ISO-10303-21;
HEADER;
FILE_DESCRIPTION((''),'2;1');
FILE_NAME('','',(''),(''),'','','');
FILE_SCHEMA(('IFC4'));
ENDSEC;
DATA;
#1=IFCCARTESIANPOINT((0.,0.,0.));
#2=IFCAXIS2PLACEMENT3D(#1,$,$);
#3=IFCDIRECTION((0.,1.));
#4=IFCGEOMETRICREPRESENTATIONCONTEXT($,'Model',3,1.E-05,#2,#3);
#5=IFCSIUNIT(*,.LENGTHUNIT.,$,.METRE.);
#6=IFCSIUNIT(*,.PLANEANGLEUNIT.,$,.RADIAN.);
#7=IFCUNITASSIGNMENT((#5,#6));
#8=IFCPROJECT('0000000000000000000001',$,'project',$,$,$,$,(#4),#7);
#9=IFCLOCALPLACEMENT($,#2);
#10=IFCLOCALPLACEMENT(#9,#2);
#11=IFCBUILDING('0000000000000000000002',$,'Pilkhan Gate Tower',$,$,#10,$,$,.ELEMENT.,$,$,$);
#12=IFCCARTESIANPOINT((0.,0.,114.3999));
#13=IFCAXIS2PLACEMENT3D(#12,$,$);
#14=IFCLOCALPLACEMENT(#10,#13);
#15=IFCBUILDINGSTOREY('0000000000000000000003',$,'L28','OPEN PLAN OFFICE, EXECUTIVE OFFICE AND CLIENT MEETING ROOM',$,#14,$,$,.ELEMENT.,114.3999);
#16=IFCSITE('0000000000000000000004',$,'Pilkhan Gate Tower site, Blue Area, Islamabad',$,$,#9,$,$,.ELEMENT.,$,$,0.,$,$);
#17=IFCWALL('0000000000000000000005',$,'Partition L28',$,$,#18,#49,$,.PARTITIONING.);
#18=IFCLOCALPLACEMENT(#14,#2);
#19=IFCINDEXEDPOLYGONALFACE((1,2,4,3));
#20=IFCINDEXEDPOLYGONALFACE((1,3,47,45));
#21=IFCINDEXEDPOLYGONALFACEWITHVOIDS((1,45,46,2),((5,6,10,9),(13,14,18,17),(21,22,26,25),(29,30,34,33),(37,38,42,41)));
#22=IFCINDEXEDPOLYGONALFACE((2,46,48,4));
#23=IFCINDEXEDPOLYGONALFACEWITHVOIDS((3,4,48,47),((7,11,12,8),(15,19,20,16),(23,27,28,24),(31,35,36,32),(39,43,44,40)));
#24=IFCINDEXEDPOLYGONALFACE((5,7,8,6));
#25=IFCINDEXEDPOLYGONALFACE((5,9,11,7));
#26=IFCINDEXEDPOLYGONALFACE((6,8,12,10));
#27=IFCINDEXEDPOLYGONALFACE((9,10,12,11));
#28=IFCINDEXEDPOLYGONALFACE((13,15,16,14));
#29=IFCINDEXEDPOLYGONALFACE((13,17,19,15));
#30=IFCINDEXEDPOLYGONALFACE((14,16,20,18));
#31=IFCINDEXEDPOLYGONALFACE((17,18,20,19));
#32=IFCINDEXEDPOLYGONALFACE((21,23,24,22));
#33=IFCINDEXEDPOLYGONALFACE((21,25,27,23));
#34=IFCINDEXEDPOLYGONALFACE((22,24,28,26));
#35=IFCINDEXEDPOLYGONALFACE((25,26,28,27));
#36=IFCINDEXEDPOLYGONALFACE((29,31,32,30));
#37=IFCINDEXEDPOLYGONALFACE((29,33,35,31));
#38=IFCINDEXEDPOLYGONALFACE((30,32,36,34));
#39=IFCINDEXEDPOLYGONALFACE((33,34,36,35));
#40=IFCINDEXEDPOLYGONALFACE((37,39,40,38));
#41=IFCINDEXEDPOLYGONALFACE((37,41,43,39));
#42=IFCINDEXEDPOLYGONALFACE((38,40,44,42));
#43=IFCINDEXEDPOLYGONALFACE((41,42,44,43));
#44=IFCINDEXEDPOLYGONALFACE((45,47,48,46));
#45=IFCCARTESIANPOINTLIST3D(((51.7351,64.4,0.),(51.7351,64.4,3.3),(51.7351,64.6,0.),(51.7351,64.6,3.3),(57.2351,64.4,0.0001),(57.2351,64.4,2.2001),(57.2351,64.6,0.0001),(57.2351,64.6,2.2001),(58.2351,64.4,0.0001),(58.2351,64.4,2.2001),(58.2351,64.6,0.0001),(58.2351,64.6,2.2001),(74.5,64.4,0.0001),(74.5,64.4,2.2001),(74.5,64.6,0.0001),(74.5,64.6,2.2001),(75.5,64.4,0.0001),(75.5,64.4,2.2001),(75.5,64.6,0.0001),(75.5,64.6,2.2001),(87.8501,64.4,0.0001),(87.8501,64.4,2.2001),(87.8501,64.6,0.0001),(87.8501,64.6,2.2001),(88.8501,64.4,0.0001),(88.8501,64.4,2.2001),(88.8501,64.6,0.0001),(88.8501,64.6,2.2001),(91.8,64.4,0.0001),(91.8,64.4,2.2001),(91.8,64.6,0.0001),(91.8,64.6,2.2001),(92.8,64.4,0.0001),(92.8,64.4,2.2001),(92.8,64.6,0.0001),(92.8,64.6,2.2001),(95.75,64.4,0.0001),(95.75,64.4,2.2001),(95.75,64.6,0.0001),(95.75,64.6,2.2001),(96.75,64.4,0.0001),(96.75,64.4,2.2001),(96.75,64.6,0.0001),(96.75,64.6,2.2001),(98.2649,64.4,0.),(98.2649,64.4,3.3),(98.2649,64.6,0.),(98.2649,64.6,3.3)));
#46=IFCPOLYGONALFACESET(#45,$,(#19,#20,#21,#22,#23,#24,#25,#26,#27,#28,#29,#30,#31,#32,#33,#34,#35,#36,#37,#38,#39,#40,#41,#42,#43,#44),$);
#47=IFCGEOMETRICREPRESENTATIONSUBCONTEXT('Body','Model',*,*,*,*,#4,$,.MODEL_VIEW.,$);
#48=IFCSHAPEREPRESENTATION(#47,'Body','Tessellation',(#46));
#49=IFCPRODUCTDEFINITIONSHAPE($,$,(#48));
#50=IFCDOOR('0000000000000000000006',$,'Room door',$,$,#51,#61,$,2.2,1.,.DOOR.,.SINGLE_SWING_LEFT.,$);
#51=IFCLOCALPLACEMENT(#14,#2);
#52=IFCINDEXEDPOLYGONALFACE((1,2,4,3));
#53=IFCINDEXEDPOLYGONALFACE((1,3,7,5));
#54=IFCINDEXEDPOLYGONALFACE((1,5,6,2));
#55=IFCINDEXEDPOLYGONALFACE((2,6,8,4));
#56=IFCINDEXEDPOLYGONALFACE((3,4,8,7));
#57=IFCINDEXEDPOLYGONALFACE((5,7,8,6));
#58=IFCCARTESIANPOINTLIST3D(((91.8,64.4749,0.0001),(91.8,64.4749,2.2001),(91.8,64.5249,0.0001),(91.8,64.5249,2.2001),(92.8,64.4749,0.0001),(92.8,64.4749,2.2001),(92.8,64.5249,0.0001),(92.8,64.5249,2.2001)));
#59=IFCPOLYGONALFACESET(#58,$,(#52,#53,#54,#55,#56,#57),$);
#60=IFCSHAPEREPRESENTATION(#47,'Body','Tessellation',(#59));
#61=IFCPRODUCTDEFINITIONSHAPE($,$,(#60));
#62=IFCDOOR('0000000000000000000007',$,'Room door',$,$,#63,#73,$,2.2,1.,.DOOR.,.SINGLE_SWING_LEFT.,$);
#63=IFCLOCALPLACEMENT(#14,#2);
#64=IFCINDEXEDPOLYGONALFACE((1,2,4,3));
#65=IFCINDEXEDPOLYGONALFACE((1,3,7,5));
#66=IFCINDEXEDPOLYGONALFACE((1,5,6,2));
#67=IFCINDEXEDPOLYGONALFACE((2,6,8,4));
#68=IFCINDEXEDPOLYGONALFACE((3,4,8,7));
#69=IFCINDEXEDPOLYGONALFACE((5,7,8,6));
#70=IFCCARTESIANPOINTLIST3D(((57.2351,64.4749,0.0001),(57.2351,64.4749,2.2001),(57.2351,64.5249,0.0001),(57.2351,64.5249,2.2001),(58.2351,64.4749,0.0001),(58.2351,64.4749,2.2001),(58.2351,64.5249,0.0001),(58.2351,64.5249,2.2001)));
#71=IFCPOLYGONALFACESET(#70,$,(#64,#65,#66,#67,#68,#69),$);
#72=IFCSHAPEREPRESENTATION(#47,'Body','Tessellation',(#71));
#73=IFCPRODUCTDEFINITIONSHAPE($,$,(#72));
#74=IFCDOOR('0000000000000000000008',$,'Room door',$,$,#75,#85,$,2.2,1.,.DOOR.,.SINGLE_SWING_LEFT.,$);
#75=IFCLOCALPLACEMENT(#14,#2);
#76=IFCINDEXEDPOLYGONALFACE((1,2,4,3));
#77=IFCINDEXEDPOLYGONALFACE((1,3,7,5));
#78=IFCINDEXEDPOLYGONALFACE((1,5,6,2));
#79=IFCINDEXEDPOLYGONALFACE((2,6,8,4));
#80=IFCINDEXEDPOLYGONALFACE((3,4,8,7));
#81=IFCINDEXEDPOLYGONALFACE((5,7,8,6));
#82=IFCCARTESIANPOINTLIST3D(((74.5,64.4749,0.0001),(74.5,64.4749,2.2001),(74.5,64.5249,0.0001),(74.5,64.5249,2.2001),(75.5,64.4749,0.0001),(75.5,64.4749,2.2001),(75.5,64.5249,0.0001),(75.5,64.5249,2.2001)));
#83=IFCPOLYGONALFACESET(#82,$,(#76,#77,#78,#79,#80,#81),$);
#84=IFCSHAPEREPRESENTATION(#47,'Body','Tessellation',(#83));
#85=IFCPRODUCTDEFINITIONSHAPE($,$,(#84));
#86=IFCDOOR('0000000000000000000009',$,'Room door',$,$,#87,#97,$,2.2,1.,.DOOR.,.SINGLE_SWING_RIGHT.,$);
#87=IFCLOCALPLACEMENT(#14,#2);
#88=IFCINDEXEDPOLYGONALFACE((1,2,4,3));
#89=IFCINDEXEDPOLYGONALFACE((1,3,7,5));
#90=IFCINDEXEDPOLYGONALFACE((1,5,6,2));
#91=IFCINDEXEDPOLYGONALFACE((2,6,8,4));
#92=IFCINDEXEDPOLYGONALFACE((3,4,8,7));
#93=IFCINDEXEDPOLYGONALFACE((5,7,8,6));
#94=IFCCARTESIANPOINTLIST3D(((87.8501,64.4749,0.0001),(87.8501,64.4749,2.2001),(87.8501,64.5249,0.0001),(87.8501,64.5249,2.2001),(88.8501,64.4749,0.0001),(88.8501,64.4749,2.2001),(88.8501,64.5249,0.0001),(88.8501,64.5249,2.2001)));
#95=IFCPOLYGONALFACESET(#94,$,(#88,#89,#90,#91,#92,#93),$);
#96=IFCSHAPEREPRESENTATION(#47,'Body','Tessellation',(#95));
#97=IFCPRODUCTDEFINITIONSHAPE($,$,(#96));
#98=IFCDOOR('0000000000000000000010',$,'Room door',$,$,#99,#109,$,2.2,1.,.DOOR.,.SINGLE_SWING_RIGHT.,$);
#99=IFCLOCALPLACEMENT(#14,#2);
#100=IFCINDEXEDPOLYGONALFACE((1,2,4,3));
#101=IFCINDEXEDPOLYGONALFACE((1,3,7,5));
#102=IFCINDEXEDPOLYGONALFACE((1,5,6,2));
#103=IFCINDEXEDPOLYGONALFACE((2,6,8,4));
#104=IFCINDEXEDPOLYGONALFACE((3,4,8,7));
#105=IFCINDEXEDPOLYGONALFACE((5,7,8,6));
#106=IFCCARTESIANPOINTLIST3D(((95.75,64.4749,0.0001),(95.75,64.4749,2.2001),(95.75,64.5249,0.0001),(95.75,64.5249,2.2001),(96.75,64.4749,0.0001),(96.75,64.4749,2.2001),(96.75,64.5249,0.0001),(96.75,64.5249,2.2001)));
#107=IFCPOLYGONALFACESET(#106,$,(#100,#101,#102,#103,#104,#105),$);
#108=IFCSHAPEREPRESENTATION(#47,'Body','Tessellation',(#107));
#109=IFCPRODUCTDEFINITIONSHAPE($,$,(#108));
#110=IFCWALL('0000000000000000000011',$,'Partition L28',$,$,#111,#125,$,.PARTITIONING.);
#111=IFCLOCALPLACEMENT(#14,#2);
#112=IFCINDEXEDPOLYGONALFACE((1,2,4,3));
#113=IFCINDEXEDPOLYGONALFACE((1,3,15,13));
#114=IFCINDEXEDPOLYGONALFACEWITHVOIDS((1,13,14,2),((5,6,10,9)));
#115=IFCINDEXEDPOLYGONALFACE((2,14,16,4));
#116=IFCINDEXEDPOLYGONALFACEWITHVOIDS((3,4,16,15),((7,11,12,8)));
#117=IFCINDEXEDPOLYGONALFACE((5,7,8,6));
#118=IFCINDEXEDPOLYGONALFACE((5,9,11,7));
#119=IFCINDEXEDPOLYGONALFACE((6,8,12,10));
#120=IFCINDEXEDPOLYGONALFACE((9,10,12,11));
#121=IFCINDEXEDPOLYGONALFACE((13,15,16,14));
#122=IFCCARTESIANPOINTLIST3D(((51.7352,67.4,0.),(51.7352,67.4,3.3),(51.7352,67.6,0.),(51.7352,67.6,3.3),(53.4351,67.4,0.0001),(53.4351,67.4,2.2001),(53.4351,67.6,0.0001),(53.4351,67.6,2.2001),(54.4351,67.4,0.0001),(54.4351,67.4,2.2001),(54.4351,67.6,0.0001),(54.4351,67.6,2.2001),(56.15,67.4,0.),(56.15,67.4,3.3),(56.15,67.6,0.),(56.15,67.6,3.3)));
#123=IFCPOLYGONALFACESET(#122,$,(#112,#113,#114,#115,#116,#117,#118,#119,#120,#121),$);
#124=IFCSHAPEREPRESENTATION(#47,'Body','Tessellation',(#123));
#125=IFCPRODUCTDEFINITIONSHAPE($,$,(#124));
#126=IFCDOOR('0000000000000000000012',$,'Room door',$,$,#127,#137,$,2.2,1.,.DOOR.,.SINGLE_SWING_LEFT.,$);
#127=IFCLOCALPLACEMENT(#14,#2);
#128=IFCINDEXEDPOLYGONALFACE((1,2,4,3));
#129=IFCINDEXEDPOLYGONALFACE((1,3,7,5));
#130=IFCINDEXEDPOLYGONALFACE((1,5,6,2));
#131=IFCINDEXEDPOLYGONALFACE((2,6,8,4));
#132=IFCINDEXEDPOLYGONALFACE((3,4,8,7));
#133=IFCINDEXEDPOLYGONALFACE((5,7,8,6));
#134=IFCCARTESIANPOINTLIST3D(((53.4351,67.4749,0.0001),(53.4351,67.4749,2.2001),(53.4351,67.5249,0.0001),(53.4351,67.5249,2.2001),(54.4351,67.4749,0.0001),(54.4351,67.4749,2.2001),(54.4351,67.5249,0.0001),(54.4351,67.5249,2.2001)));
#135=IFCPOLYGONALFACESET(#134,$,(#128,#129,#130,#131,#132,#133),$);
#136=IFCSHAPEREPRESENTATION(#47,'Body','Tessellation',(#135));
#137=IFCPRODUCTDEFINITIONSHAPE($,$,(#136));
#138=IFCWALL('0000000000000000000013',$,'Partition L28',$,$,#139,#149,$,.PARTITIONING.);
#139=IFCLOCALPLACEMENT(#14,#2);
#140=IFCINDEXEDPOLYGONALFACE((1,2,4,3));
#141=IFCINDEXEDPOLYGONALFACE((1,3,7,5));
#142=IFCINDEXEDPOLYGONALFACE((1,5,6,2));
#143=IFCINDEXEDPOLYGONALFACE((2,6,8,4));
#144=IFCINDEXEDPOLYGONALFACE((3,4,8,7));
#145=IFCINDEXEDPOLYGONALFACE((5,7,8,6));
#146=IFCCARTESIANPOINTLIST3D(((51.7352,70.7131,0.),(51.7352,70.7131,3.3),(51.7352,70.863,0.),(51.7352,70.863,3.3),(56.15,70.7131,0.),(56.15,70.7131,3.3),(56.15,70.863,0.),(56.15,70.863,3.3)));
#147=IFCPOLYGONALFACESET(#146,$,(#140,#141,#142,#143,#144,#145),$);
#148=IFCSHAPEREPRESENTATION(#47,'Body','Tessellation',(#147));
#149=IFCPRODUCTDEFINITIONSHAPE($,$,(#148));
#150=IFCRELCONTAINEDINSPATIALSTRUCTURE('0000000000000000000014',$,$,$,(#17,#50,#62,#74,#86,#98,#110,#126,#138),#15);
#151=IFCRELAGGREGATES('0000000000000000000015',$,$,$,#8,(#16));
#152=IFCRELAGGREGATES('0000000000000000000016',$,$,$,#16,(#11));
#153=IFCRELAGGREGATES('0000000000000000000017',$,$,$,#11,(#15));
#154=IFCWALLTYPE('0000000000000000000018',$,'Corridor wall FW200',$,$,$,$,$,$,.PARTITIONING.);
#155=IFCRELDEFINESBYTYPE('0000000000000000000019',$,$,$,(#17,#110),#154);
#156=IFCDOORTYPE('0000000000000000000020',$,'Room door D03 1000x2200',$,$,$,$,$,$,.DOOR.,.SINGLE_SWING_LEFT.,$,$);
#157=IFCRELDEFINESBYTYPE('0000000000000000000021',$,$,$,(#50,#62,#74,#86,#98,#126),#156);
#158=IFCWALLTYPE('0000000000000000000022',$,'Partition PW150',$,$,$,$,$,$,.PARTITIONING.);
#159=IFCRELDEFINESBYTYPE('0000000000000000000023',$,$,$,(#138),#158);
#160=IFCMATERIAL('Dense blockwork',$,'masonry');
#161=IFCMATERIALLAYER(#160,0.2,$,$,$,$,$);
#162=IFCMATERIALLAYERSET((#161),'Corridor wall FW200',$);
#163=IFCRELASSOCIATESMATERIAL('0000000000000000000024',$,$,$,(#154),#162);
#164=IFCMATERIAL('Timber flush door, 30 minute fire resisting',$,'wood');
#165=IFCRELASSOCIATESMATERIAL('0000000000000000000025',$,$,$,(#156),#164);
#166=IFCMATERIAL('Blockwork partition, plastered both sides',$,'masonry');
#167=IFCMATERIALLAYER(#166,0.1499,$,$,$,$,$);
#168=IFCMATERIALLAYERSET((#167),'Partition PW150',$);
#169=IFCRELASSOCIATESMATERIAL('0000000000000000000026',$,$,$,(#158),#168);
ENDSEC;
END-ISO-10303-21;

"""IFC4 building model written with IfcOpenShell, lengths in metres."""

from ifc_helpers import new_model, si_unit, direction, frame, frame_2d, origin, place, context, subcontext, project, spatial, rectangle, extrude, material, layer, layer_set, type_object, element, fill, save


model = new_model("IFC4")

# Units and contexts
model_context = context("Model", 3, precision=1e-05, world=origin(), true_north=direction((0.0, 1.0)))
body_context = subcontext(model_context, "Body", "Model", "MODEL_VIEW")
ifc_project = project(units=[si_unit("LENGTHUNIT", "METRE"), si_unit("PLANEANGLEUNIT", "RADIAN")], contexts=[model_context])

# Site, building, storey
site_placement = place(None, origin())
site = spatial("IfcSite", under=ifc_project, at=site_placement, Name="Pilkhan Gate Tower site, Blue Area, Islamabad", CompositionType="ELEMENT", RefElevation=0.0)
building_placement = place(site_placement, origin())
building = spatial("IfcBuilding", under=site, at=building_placement, Name="Pilkhan Gate Tower", CompositionType="ELEMENT")
storey_placement = place(building_placement, frame((0.0, 0.0, 114.3999)))
storey = spatial("IfcBuildingStorey", under=building, at=storey_placement, Name="L28", Description="OPEN PLAN OFFICE, EXECUTIVE OFFICE AND CLIENT MEETING ROOM", CompositionType="ELEMENT", Elevation=114.3999)

# Wall, openings, doors
ifc_material_1 = material(Name="Dense blockwork", Category="masonry")
ifc_layer_1 = layer(ifc_material_1, 0.2)
ifc_layer_set_1 = layer_set([ifc_layer_1], Name="Corridor wall FW200")
wall_type_1 = type_object("IfcWallType", Name="Corridor wall FW200", PredefinedType="PARTITIONING", material=ifc_layer_set_1)
wall_1_placement = place(storey_placement, frame((51.7351, 64.5, 0.0), z_axis=(0.0, 0.0, 1.0), x_axis=(1.0, 0.0, 0.0)))
wall_1 = element("IfcWall", 1, at=wall_1_placement, inside=storey, type_object=wall_type_1, Name="Partition L28", PredefinedType="PARTITIONING", context=body_context, shape_type="SweptSolid", body=[
    extrude(rectangle(XDim=46.5298, YDim=0.2, at=frame_2d((23.2649, 0.0))), origin(), (0.0, 0.0, 1.0), 3.3),
])
opening_1_placement = place(wall_1_placement, frame((40.0649, 0.0, 0.0)))
opening_1 = element("IfcOpeningElement", 2, at=opening_1_placement, cuts=wall_1, PredefinedType="OPENING", context=body_context, shape_type="SweptSolid", body=[
    extrude(rectangle(XDim=1.0, YDim=2.2, at=frame_2d((0.5, 1.1001))), frame((0.0, 0.1099, 0.0), z_axis=(0.0, -1.0, 0.0), x_axis=(1.0, 0.0, 0.0)), (0.0, 0.0, 1.0), 0.22),
])
opening_2_placement = place(wall_1_placement, frame((5.5, 0.0, 0.0)))
opening_2 = element("IfcOpeningElement", 3, at=opening_2_placement, cuts=wall_1, PredefinedType="OPENING", context=body_context, shape_type="SweptSolid", body=[
    extrude(rectangle(XDim=1.0, YDim=2.2, at=frame_2d((0.5, 1.1001))), frame((0.0, 0.1099, 0.0), z_axis=(0.0, -1.0, 0.0), x_axis=(1.0, 0.0, 0.0)), (0.0, 0.0, 1.0), 0.22),
])
opening_3_placement = place(wall_1_placement, frame((22.7649, 0.0, 0.0)))
opening_3 = element("IfcOpeningElement", 4, at=opening_3_placement, cuts=wall_1, PredefinedType="OPENING", context=body_context, shape_type="SweptSolid", body=[
    extrude(rectangle(XDim=1.0, YDim=2.2, at=frame_2d((0.5, 1.1001))), frame((0.0, 0.1099, 0.0), z_axis=(0.0, -1.0, 0.0), x_axis=(1.0, 0.0, 0.0)), (0.0, 0.0, 1.0), 0.22),
])
opening_4_placement = place(wall_1_placement, frame((36.115, 0.0, 0.0)))
opening_4 = element("IfcOpeningElement", 5, at=opening_4_placement, cuts=wall_1, PredefinedType="OPENING", context=body_context, shape_type="SweptSolid", body=[
    extrude(rectangle(XDim=1.0, YDim=2.2, at=frame_2d((0.5, 1.1001))), frame((0.0, 0.1099, 0.0), z_axis=(0.0, -1.0, 0.0), x_axis=(1.0, 0.0, 0.0)), (0.0, 0.0, 1.0), 0.22),
])
opening_5_placement = place(wall_1_placement, frame((44.0149, 0.0, 0.0)))
opening_5 = element("IfcOpeningElement", 6, at=opening_5_placement, cuts=wall_1, PredefinedType="OPENING", context=body_context, shape_type="SweptSolid", body=[
    extrude(rectangle(XDim=1.0, YDim=2.2, at=frame_2d((0.5, 1.1001))), frame((0.0, 0.1099, 0.0), z_axis=(0.0, -1.0, 0.0), x_axis=(1.0, 0.0, 0.0)), (0.0, 0.0, 1.0), 0.22),
])
ifc_material_2 = material(Name="Timber flush door, 30 minute fire resisting", Category="wood")
door_type = type_object("IfcDoorType", Name="Room door D03 1000x2200", OperationType="SINGLE_SWING_LEFT", PredefinedType="DOOR", material=ifc_material_2)
door_1_placement = place(opening_1_placement, origin())
door_1 = element("IfcDoor", 7, at=door_1_placement, inside=storey, type_object=door_type, Name="Room door", OperationType="SINGLE_SWING_LEFT", OverallHeight=2.2, OverallWidth=1.0, PredefinedType="DOOR", context=body_context, shape_type="SweptSolid", body=[
    extrude(rectangle(XDim=1.0, YDim=2.2, at=frame_2d((0.5, 1.1001))), frame((0.0, 0.0249, 0.0), z_axis=(0.0, -1.0, 0.0), x_axis=(1.0, 0.0, 0.0)), (0.0, 0.0, 1.0), 0.05),
])
fill(opening_1, door_1)
door_2_placement = place(opening_2_placement, origin())
door_2 = element("IfcDoor", 8, at=door_2_placement, inside=storey, type_object=door_type, Name="Room door", OperationType="SINGLE_SWING_LEFT", OverallHeight=2.2, OverallWidth=1.0, PredefinedType="DOOR", context=body_context, shape_type="SweptSolid", body=[
    extrude(rectangle(XDim=1.0, YDim=2.2, at=frame_2d((0.5, 1.1001))), frame((0.0, 0.0249, 0.0), z_axis=(0.0, -1.0, 0.0), x_axis=(1.0, 0.0, 0.0)), (0.0, 0.0, 1.0), 0.05),
])
fill(opening_2, door_2)
door_3_placement = place(opening_3_placement, origin())
door_3 = element("IfcDoor", 9, at=door_3_placement, inside=storey, type_object=door_type, Name="Room door", OperationType="SINGLE_SWING_LEFT", OverallHeight=2.2, OverallWidth=1.0, PredefinedType="DOOR", context=body_context, shape_type="SweptSolid", body=[
    extrude(rectangle(XDim=1.0, YDim=2.2, at=frame_2d((0.5, 1.1001))), frame((0.0, 0.0249, 0.0), z_axis=(0.0, -1.0, 0.0), x_axis=(1.0, 0.0, 0.0)), (0.0, 0.0, 1.0), 0.05),
])
fill(opening_3, door_3)
door_4_placement = place(opening_4_placement, origin())
door_4 = element("IfcDoor", 10, at=door_4_placement, inside=storey, type_object=door_type, Name="Room door", OperationType="SINGLE_SWING_RIGHT", OverallHeight=2.2, OverallWidth=1.0, PredefinedType="DOOR", context=body_context, shape_type="SweptSolid", body=[
    extrude(rectangle(XDim=1.0, YDim=2.2, at=frame_2d((0.5, 1.1001))), frame((0.0, 0.0249, 0.0), z_axis=(0.0, -1.0, 0.0), x_axis=(1.0, 0.0, 0.0)), (0.0, 0.0, 1.0), 0.05),
])
fill(opening_4, door_4)
door_5_placement = place(opening_5_placement, origin())
door_5 = element("IfcDoor", 11, at=door_5_placement, inside=storey, type_object=door_type, Name="Room door", OperationType="SINGLE_SWING_RIGHT", OverallHeight=2.2, OverallWidth=1.0, PredefinedType="DOOR", context=body_context, shape_type="SweptSolid", body=[
    extrude(rectangle(XDim=1.0, YDim=2.2, at=frame_2d((0.5, 1.1001))), frame((0.0, 0.0249, 0.0), z_axis=(0.0, -1.0, 0.0), x_axis=(1.0, 0.0, 0.0)), (0.0, 0.0, 1.0), 0.05),
])
fill(opening_5, door_5)

# Wall, opening, door
wall_2_placement = place(storey_placement, frame((51.7351, 67.5, 0.0), z_axis=(0.0, 0.0, 1.0), x_axis=(1.0, 0.0, 0.0)))
wall_2 = element("IfcWall", 12, at=wall_2_placement, inside=storey, type_object=wall_type_1, Name="Partition L28", PredefinedType="PARTITIONING", context=body_context, shape_type="SweptSolid", body=[
    extrude(rectangle(XDim=4.4148, YDim=0.2, at=frame_2d((2.2075, 0.0))), origin(), (0.0, 0.0, 1.0), 3.3),
])
opening_6_placement = place(wall_2_placement, frame((1.7, 0.0, 0.0)))
opening_6 = element("IfcOpeningElement", 13, at=opening_6_placement, cuts=wall_2, PredefinedType="OPENING", context=body_context, shape_type="SweptSolid", body=[
    extrude(rectangle(XDim=1.0, YDim=2.2, at=frame_2d((0.5, 1.1001))), frame((0.0, 0.1099, 0.0), z_axis=(0.0, -1.0, 0.0), x_axis=(1.0, 0.0, 0.0)), (0.0, 0.0, 1.0), 0.22),
])
door_6_placement = place(opening_6_placement, origin())
door_6 = element("IfcDoor", 14, at=door_6_placement, inside=storey, type_object=door_type, Name="Room door", OperationType="SINGLE_SWING_LEFT", OverallHeight=2.2, OverallWidth=1.0, PredefinedType="DOOR", context=body_context, shape_type="SweptSolid", body=[
    extrude(rectangle(XDim=1.0, YDim=2.2, at=frame_2d((0.5, 1.1001))), frame((0.0, 0.0249, 0.0), z_axis=(0.0, -1.0, 0.0), x_axis=(1.0, 0.0, 0.0)), (0.0, 0.0, 1.0), 0.05),
])
fill(opening_6, door_6)

# Wall
ifc_material_3 = material(Name="Blockwork partition, plastered both sides", Category="masonry")
ifc_layer_2 = layer(ifc_material_3, 0.1499)
ifc_layer_set_2 = layer_set([ifc_layer_2], Name="Partition PW150")
wall_type_2 = type_object("IfcWallType", Name="Partition PW150", PredefinedType="PARTITIONING", material=ifc_layer_set_2)
wall_3_placement = place(storey_placement, frame((51.7351, 70.7881, 0.0), z_axis=(0.0, 0.0, 1.0), x_axis=(1.0, 0.0, 0.0)))
element("IfcWall", 15, at=wall_3_placement, inside=storey, type_object=wall_type_2, Name="Partition L28", PredefinedType="PARTITIONING", context=body_context, shape_type="SweptSolid", body=[
    extrude(rectangle(XDim=4.4148, YDim=0.1499, at=frame_2d((2.2075, 0.0))), origin(), (0.0, 0.0, 1.0), 3.3),
])

save(model, "model.ifc")
